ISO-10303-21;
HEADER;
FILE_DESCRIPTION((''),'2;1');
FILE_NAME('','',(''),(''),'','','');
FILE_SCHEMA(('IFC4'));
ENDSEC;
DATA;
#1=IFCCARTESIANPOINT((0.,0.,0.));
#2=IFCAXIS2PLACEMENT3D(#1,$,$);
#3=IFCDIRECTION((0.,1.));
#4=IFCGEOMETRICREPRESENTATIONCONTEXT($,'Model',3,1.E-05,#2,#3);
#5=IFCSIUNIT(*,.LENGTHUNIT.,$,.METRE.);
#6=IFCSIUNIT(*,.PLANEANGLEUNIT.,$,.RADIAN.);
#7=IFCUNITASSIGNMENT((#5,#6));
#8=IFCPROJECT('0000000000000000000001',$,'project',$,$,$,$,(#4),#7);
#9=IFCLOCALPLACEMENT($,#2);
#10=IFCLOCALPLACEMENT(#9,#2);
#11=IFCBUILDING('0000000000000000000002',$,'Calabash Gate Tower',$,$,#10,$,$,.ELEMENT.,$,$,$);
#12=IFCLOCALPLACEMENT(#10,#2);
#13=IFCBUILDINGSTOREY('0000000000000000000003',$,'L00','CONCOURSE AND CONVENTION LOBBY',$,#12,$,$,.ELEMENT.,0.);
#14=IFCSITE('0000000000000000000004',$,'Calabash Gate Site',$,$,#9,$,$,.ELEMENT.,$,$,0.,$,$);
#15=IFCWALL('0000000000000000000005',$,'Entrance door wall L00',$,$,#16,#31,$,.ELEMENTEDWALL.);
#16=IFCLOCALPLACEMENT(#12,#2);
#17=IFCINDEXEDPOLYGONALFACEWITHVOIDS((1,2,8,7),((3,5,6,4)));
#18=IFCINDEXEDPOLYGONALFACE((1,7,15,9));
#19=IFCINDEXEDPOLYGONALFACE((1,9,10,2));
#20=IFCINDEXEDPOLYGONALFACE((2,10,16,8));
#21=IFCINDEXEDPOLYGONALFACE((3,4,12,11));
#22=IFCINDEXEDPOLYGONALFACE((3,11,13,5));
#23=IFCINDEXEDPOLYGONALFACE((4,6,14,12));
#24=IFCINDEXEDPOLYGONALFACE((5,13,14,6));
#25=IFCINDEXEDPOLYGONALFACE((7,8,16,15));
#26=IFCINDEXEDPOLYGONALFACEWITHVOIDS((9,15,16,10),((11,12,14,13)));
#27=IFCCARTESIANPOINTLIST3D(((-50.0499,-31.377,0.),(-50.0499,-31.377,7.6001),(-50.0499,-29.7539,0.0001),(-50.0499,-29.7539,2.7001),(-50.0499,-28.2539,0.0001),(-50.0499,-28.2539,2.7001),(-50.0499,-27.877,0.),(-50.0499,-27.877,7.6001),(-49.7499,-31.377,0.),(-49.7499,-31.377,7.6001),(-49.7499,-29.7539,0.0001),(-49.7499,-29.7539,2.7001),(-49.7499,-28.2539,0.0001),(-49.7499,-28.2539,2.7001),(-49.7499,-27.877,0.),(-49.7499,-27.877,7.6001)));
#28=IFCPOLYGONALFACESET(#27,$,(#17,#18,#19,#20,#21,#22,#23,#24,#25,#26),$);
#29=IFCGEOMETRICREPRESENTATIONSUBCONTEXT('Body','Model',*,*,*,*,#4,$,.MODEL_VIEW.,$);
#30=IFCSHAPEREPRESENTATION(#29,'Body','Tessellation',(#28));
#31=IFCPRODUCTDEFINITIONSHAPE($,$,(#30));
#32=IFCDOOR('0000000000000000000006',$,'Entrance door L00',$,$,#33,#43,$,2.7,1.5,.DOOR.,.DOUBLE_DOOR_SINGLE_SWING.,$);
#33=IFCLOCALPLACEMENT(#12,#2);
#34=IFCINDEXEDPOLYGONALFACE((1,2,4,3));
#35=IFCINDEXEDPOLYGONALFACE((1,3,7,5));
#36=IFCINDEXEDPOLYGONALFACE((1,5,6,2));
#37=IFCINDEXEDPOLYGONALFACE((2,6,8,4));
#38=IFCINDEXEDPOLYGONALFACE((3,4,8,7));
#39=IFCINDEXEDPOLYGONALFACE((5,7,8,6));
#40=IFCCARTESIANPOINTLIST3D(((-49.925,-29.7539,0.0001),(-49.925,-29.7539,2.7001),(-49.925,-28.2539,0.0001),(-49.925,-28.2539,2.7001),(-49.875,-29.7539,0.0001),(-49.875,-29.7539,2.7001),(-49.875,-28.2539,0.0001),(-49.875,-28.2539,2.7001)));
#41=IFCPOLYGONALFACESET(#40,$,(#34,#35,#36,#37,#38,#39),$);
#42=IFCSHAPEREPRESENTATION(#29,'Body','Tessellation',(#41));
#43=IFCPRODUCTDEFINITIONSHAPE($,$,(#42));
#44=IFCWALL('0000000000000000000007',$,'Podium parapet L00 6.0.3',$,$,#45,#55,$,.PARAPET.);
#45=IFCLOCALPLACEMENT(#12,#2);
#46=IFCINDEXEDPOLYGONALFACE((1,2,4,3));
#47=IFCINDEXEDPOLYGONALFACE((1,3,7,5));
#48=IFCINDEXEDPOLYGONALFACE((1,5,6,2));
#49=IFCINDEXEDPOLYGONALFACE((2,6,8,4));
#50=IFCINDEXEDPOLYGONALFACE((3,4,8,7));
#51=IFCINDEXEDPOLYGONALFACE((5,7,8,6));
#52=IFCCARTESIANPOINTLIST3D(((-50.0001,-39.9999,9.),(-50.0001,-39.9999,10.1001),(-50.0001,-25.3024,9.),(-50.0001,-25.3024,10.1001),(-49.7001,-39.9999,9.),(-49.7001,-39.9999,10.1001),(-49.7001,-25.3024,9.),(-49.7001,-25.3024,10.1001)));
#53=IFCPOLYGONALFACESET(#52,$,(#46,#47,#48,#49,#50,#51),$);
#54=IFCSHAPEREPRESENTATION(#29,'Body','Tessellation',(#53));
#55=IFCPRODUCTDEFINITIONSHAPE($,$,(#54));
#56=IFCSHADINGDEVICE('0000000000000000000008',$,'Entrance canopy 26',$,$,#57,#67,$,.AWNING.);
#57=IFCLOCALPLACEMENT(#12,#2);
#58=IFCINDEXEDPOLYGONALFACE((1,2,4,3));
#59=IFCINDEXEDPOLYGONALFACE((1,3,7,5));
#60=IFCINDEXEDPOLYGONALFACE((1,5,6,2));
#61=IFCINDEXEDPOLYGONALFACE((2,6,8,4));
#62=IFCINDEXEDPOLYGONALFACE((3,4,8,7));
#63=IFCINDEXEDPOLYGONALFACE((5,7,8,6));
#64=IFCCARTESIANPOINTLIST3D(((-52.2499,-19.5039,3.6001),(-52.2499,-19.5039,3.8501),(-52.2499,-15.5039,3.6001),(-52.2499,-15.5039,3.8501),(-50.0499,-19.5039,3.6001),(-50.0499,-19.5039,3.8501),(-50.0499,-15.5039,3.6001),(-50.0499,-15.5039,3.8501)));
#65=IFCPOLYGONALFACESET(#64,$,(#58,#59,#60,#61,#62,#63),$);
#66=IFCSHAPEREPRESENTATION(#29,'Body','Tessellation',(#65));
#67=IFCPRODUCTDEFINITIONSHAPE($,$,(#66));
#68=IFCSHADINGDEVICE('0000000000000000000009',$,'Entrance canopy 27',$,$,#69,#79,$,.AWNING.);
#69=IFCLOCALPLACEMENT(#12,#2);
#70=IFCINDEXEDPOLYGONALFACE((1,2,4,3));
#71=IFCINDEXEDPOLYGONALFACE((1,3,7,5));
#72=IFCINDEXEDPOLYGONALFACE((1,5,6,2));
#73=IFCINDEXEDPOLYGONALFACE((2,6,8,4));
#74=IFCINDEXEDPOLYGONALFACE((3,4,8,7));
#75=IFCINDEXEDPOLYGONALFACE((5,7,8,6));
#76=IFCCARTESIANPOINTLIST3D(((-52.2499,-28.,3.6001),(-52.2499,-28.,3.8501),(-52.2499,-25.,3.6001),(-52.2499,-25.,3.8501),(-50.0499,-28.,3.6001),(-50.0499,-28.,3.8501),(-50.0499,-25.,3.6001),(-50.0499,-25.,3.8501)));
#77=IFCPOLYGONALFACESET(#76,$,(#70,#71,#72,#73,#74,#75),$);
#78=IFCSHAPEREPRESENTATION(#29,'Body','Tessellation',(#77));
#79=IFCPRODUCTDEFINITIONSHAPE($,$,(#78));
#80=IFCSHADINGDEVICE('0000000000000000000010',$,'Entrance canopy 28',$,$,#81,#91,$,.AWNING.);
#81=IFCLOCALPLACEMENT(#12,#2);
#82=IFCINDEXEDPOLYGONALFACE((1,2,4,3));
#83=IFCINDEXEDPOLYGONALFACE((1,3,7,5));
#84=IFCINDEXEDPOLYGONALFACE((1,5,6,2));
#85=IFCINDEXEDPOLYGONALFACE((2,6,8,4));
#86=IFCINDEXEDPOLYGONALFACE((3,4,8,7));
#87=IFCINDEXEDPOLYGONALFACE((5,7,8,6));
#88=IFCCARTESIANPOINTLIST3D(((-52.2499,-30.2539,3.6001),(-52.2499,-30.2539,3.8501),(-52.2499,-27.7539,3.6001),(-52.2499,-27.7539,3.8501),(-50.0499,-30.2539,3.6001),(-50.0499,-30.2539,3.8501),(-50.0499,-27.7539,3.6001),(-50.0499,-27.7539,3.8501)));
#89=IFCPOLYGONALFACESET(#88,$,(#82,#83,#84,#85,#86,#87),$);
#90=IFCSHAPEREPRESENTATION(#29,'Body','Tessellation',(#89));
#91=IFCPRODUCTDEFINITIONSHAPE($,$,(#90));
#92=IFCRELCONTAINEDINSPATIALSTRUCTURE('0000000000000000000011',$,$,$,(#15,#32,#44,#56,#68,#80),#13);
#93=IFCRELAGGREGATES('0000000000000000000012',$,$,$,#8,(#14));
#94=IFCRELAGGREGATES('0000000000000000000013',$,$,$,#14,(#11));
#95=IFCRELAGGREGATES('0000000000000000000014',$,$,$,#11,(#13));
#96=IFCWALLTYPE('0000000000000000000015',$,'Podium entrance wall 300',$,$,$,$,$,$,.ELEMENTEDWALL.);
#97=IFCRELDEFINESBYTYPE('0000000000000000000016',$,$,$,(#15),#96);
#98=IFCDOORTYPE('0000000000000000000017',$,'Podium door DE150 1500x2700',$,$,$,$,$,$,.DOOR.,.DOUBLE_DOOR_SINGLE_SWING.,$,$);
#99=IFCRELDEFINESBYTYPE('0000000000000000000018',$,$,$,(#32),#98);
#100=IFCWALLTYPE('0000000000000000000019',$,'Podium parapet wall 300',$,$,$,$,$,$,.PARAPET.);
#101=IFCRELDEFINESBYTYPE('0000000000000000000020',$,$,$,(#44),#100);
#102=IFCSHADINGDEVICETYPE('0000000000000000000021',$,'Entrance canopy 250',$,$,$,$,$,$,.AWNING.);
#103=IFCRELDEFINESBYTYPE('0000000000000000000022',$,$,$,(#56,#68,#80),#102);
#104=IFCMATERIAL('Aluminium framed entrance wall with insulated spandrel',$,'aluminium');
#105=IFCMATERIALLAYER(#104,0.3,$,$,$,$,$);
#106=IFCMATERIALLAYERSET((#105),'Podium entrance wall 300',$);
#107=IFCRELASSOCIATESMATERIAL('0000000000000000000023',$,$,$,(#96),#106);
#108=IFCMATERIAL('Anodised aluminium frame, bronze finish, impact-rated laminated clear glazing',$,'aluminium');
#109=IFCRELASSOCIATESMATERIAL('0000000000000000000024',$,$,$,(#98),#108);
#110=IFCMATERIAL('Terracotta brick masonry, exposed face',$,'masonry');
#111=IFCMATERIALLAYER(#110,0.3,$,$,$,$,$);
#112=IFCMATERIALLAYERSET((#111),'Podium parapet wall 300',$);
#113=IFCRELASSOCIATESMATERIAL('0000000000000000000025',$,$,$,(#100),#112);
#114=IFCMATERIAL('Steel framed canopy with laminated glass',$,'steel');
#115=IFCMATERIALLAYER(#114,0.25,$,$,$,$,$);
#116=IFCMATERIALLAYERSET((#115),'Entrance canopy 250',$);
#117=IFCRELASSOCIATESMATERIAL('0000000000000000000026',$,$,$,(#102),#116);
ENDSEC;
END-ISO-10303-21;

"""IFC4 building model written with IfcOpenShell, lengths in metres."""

from ifc_helpers import new_model, si_unit, direction, frame, frame_2d, origin, origin_2d, place, context, subcontext, project, spatial, rectangle, extrude, material, layer, layer_set, type_object, element, fill, save


model = new_model("IFC4")

# Units and contexts
model_context = context("Model", 3, precision=1e-05, world=origin(), true_north=direction((0.0, 1.0)))
body_context = subcontext(model_context, "Body", "Model", "MODEL_VIEW")
ifc_project = project(units=[si_unit("LENGTHUNIT", "METRE"), si_unit("PLANEANGLEUNIT", "RADIAN")], contexts=[model_context])

# Site, building, storey
site_placement = place(None, origin())
site = spatial("IfcSite", under=ifc_project, at=site_placement, Name="Calabash Gate Site", CompositionType="ELEMENT", RefElevation=0.0)
building_placement = place(site_placement, origin())
building = spatial("IfcBuilding", under=site, at=building_placement, Name="Calabash Gate Tower", CompositionType="ELEMENT")
storey_placement = place(building_placement, origin())
storey = spatial("IfcBuildingStorey", under=building, at=storey_placement, Name="L00", Description="CONCOURSE AND CONVENTION LOBBY", CompositionType="ELEMENT", Elevation=0.0)

# Wall, opening, door
ifc_material_1 = material(Name="Aluminium framed entrance wall with insulated spandrel", Category="aluminium")
ifc_layer_1 = layer(ifc_material_1, 0.3)
ifc_layer_set_1 = layer_set([ifc_layer_1], Name="Podium entrance wall 300")
wall_type_1 = type_object("IfcWallType", Name="Podium entrance wall 300", PredefinedType="ELEMENTEDWALL", material=ifc_layer_set_1)
wall_1_placement = place(storey_placement, frame((-49.8999, -27.877, 0.0), z_axis=(0.0, 0.0, 1.0), x_axis=(0.0, -1.0, 0.0)))
wall_1 = element("IfcWall", 1, at=wall_1_placement, inside=storey, type_object=wall_type_1, Name="Entrance door wall L00", PredefinedType="ELEMENTEDWALL", context=body_context, shape_type="SweptSolid", body=[
    extrude(rectangle(XDim=3.5, YDim=0.3, at=frame_2d((1.75, 0.0))), origin(), (0.0, 0.0, 1.0), 7.6001),
])
opening_1_placement = place(wall_1_placement, frame((0.377, 0.0, 0.0)))
opening_1 = element("IfcOpeningElement", 2, at=opening_1_placement, cuts=wall_1, PredefinedType="OPENING", context=body_context, shape_type="SweptSolid", body=[
    extrude(rectangle(XDim=1.5, YDim=2.7, at=frame_2d((0.75, 1.3501))), frame((0.0, 0.1599, 0.0), z_axis=(0.0, -1.0, 0.0), x_axis=(1.0, 0.0, 0.0)), (0.0, 0.0, 1.0), 0.3201),
])
ifc_material_2 = material(Name="Anodised aluminium frame, bronze finish, impact-rated laminated clear glazing", Category="aluminium")
door_type_1 = type_object("IfcDoorType", Name="Podium door DE150 1500x2700", OperationType="DOUBLE_DOOR_SINGLE_SWING", PredefinedType="DOOR", material=ifc_material_2)
door_1_placement = place(opening_1_placement, origin())
door_1 = element("IfcDoor", 3, at=door_1_placement, inside=storey, type_object=door_type_1, Name="Entrance door L00", OperationType="DOUBLE_DOOR_SINGLE_SWING", OverallHeight=2.7, OverallWidth=1.5, PredefinedType="DOOR", context=body_context, shape_type="SweptSolid", body=[
    extrude(rectangle(XDim=1.5, YDim=2.7, at=frame_2d((0.75, 1.3501))), frame((0.0, 0.0249, 0.0), z_axis=(0.0, -1.0, 0.0), x_axis=(1.0, 0.0, 0.0)), (0.0, 0.0, 1.0), 0.05),
])
fill(opening_1, door_1)

# Wall
ifc_material_3 = material(Name="Terracotta brick masonry, exposed face", Category="masonry")
ifc_layer_2 = layer(ifc_material_3, 0.3)
ifc_layer_set_2 = layer_set([ifc_layer_2], Name="Podium parapet wall 300")
wall_type_2 = type_object("IfcWallType", Name="Podium parapet wall 300", PredefinedType="PARAPET", material=ifc_layer_set_2)
wall_2_placement = place(storey_placement, frame((-49.8501, -25.3025, 9.0), z_axis=(0.0, 0.0, 1.0), x_axis=(0.0, -1.0, 0.0)))
element("IfcWall", 4, at=wall_2_placement, inside=storey, type_object=wall_type_2, Name="Podium parapet L00 6.0.3", PredefinedType="PARAPET", context=body_context, shape_type="SweptSolid", body=[
    extrude(rectangle(XDim=14.6975, YDim=0.3, at=frame_2d((7.3486, 0.0))), origin(), (0.0, 0.0, 1.0), 1.1001),
])

# Shading devices
ifc_material_4 = material(Name="Steel framed canopy with laminated glass", Category="steel")
ifc_layer_3 = layer(ifc_material_4, 0.25)
ifc_layer_set_3 = layer_set([ifc_layer_3], Name="Entrance canopy 250")
shading_device_type = type_object("IfcShadingDeviceType", Name="Entrance canopy 250", PredefinedType="AWNING", material=ifc_layer_set_3)
shading_device_1_placement = place(storey_placement, frame((-51.1499, -17.5039, 3.6001), z_axis=(0.0, 0.0, 1.0), x_axis=(0.0, -1.0, 0.0)))
element("IfcShadingDevice", 5, at=shading_device_1_placement, inside=storey, type_object=shading_device_type, Name="Entrance canopy 26", PredefinedType="AWNING", context=body_context, shape_type="SweptSolid", body=[
    extrude(rectangle(XDim=4.0, YDim=2.2, at=origin_2d()), origin(), (0.0, 0.0, 1.0), 0.25),
])
shading_device_2_placement = place(storey_placement, frame((-51.1499, -26.5, 3.6001), z_axis=(0.0, 0.0, 1.0), x_axis=(0.0, -1.0, 0.0)))
element("IfcShadingDevice", 6, at=shading_device_2_placement, inside=storey, type_object=shading_device_type, Name="Entrance canopy 27", PredefinedType="AWNING", context=body_context, shape_type="SweptSolid", body=[
    extrude(rectangle(XDim=3.0, YDim=2.2, at=origin_2d()), origin(), (0.0, 0.0, 1.0), 0.25),
])
shading_device_3_placement = place(storey_placement, frame((-51.1499, -29.0039, 3.6001), z_axis=(0.0, 0.0, 1.0), x_axis=(0.0, -1.0, 0.0)))
element("IfcShadingDevice", 7, at=shading_device_3_placement, inside=storey, type_object=shading_device_type, Name="Entrance canopy 28", PredefinedType="AWNING", context=body_context, shape_type="SweptSolid", body=[
    extrude(rectangle(XDim=2.5, YDim=2.2, at=origin_2d()), origin(), (0.0, 0.0, 1.0), 0.25),
])

save(model, "model.ifc")
